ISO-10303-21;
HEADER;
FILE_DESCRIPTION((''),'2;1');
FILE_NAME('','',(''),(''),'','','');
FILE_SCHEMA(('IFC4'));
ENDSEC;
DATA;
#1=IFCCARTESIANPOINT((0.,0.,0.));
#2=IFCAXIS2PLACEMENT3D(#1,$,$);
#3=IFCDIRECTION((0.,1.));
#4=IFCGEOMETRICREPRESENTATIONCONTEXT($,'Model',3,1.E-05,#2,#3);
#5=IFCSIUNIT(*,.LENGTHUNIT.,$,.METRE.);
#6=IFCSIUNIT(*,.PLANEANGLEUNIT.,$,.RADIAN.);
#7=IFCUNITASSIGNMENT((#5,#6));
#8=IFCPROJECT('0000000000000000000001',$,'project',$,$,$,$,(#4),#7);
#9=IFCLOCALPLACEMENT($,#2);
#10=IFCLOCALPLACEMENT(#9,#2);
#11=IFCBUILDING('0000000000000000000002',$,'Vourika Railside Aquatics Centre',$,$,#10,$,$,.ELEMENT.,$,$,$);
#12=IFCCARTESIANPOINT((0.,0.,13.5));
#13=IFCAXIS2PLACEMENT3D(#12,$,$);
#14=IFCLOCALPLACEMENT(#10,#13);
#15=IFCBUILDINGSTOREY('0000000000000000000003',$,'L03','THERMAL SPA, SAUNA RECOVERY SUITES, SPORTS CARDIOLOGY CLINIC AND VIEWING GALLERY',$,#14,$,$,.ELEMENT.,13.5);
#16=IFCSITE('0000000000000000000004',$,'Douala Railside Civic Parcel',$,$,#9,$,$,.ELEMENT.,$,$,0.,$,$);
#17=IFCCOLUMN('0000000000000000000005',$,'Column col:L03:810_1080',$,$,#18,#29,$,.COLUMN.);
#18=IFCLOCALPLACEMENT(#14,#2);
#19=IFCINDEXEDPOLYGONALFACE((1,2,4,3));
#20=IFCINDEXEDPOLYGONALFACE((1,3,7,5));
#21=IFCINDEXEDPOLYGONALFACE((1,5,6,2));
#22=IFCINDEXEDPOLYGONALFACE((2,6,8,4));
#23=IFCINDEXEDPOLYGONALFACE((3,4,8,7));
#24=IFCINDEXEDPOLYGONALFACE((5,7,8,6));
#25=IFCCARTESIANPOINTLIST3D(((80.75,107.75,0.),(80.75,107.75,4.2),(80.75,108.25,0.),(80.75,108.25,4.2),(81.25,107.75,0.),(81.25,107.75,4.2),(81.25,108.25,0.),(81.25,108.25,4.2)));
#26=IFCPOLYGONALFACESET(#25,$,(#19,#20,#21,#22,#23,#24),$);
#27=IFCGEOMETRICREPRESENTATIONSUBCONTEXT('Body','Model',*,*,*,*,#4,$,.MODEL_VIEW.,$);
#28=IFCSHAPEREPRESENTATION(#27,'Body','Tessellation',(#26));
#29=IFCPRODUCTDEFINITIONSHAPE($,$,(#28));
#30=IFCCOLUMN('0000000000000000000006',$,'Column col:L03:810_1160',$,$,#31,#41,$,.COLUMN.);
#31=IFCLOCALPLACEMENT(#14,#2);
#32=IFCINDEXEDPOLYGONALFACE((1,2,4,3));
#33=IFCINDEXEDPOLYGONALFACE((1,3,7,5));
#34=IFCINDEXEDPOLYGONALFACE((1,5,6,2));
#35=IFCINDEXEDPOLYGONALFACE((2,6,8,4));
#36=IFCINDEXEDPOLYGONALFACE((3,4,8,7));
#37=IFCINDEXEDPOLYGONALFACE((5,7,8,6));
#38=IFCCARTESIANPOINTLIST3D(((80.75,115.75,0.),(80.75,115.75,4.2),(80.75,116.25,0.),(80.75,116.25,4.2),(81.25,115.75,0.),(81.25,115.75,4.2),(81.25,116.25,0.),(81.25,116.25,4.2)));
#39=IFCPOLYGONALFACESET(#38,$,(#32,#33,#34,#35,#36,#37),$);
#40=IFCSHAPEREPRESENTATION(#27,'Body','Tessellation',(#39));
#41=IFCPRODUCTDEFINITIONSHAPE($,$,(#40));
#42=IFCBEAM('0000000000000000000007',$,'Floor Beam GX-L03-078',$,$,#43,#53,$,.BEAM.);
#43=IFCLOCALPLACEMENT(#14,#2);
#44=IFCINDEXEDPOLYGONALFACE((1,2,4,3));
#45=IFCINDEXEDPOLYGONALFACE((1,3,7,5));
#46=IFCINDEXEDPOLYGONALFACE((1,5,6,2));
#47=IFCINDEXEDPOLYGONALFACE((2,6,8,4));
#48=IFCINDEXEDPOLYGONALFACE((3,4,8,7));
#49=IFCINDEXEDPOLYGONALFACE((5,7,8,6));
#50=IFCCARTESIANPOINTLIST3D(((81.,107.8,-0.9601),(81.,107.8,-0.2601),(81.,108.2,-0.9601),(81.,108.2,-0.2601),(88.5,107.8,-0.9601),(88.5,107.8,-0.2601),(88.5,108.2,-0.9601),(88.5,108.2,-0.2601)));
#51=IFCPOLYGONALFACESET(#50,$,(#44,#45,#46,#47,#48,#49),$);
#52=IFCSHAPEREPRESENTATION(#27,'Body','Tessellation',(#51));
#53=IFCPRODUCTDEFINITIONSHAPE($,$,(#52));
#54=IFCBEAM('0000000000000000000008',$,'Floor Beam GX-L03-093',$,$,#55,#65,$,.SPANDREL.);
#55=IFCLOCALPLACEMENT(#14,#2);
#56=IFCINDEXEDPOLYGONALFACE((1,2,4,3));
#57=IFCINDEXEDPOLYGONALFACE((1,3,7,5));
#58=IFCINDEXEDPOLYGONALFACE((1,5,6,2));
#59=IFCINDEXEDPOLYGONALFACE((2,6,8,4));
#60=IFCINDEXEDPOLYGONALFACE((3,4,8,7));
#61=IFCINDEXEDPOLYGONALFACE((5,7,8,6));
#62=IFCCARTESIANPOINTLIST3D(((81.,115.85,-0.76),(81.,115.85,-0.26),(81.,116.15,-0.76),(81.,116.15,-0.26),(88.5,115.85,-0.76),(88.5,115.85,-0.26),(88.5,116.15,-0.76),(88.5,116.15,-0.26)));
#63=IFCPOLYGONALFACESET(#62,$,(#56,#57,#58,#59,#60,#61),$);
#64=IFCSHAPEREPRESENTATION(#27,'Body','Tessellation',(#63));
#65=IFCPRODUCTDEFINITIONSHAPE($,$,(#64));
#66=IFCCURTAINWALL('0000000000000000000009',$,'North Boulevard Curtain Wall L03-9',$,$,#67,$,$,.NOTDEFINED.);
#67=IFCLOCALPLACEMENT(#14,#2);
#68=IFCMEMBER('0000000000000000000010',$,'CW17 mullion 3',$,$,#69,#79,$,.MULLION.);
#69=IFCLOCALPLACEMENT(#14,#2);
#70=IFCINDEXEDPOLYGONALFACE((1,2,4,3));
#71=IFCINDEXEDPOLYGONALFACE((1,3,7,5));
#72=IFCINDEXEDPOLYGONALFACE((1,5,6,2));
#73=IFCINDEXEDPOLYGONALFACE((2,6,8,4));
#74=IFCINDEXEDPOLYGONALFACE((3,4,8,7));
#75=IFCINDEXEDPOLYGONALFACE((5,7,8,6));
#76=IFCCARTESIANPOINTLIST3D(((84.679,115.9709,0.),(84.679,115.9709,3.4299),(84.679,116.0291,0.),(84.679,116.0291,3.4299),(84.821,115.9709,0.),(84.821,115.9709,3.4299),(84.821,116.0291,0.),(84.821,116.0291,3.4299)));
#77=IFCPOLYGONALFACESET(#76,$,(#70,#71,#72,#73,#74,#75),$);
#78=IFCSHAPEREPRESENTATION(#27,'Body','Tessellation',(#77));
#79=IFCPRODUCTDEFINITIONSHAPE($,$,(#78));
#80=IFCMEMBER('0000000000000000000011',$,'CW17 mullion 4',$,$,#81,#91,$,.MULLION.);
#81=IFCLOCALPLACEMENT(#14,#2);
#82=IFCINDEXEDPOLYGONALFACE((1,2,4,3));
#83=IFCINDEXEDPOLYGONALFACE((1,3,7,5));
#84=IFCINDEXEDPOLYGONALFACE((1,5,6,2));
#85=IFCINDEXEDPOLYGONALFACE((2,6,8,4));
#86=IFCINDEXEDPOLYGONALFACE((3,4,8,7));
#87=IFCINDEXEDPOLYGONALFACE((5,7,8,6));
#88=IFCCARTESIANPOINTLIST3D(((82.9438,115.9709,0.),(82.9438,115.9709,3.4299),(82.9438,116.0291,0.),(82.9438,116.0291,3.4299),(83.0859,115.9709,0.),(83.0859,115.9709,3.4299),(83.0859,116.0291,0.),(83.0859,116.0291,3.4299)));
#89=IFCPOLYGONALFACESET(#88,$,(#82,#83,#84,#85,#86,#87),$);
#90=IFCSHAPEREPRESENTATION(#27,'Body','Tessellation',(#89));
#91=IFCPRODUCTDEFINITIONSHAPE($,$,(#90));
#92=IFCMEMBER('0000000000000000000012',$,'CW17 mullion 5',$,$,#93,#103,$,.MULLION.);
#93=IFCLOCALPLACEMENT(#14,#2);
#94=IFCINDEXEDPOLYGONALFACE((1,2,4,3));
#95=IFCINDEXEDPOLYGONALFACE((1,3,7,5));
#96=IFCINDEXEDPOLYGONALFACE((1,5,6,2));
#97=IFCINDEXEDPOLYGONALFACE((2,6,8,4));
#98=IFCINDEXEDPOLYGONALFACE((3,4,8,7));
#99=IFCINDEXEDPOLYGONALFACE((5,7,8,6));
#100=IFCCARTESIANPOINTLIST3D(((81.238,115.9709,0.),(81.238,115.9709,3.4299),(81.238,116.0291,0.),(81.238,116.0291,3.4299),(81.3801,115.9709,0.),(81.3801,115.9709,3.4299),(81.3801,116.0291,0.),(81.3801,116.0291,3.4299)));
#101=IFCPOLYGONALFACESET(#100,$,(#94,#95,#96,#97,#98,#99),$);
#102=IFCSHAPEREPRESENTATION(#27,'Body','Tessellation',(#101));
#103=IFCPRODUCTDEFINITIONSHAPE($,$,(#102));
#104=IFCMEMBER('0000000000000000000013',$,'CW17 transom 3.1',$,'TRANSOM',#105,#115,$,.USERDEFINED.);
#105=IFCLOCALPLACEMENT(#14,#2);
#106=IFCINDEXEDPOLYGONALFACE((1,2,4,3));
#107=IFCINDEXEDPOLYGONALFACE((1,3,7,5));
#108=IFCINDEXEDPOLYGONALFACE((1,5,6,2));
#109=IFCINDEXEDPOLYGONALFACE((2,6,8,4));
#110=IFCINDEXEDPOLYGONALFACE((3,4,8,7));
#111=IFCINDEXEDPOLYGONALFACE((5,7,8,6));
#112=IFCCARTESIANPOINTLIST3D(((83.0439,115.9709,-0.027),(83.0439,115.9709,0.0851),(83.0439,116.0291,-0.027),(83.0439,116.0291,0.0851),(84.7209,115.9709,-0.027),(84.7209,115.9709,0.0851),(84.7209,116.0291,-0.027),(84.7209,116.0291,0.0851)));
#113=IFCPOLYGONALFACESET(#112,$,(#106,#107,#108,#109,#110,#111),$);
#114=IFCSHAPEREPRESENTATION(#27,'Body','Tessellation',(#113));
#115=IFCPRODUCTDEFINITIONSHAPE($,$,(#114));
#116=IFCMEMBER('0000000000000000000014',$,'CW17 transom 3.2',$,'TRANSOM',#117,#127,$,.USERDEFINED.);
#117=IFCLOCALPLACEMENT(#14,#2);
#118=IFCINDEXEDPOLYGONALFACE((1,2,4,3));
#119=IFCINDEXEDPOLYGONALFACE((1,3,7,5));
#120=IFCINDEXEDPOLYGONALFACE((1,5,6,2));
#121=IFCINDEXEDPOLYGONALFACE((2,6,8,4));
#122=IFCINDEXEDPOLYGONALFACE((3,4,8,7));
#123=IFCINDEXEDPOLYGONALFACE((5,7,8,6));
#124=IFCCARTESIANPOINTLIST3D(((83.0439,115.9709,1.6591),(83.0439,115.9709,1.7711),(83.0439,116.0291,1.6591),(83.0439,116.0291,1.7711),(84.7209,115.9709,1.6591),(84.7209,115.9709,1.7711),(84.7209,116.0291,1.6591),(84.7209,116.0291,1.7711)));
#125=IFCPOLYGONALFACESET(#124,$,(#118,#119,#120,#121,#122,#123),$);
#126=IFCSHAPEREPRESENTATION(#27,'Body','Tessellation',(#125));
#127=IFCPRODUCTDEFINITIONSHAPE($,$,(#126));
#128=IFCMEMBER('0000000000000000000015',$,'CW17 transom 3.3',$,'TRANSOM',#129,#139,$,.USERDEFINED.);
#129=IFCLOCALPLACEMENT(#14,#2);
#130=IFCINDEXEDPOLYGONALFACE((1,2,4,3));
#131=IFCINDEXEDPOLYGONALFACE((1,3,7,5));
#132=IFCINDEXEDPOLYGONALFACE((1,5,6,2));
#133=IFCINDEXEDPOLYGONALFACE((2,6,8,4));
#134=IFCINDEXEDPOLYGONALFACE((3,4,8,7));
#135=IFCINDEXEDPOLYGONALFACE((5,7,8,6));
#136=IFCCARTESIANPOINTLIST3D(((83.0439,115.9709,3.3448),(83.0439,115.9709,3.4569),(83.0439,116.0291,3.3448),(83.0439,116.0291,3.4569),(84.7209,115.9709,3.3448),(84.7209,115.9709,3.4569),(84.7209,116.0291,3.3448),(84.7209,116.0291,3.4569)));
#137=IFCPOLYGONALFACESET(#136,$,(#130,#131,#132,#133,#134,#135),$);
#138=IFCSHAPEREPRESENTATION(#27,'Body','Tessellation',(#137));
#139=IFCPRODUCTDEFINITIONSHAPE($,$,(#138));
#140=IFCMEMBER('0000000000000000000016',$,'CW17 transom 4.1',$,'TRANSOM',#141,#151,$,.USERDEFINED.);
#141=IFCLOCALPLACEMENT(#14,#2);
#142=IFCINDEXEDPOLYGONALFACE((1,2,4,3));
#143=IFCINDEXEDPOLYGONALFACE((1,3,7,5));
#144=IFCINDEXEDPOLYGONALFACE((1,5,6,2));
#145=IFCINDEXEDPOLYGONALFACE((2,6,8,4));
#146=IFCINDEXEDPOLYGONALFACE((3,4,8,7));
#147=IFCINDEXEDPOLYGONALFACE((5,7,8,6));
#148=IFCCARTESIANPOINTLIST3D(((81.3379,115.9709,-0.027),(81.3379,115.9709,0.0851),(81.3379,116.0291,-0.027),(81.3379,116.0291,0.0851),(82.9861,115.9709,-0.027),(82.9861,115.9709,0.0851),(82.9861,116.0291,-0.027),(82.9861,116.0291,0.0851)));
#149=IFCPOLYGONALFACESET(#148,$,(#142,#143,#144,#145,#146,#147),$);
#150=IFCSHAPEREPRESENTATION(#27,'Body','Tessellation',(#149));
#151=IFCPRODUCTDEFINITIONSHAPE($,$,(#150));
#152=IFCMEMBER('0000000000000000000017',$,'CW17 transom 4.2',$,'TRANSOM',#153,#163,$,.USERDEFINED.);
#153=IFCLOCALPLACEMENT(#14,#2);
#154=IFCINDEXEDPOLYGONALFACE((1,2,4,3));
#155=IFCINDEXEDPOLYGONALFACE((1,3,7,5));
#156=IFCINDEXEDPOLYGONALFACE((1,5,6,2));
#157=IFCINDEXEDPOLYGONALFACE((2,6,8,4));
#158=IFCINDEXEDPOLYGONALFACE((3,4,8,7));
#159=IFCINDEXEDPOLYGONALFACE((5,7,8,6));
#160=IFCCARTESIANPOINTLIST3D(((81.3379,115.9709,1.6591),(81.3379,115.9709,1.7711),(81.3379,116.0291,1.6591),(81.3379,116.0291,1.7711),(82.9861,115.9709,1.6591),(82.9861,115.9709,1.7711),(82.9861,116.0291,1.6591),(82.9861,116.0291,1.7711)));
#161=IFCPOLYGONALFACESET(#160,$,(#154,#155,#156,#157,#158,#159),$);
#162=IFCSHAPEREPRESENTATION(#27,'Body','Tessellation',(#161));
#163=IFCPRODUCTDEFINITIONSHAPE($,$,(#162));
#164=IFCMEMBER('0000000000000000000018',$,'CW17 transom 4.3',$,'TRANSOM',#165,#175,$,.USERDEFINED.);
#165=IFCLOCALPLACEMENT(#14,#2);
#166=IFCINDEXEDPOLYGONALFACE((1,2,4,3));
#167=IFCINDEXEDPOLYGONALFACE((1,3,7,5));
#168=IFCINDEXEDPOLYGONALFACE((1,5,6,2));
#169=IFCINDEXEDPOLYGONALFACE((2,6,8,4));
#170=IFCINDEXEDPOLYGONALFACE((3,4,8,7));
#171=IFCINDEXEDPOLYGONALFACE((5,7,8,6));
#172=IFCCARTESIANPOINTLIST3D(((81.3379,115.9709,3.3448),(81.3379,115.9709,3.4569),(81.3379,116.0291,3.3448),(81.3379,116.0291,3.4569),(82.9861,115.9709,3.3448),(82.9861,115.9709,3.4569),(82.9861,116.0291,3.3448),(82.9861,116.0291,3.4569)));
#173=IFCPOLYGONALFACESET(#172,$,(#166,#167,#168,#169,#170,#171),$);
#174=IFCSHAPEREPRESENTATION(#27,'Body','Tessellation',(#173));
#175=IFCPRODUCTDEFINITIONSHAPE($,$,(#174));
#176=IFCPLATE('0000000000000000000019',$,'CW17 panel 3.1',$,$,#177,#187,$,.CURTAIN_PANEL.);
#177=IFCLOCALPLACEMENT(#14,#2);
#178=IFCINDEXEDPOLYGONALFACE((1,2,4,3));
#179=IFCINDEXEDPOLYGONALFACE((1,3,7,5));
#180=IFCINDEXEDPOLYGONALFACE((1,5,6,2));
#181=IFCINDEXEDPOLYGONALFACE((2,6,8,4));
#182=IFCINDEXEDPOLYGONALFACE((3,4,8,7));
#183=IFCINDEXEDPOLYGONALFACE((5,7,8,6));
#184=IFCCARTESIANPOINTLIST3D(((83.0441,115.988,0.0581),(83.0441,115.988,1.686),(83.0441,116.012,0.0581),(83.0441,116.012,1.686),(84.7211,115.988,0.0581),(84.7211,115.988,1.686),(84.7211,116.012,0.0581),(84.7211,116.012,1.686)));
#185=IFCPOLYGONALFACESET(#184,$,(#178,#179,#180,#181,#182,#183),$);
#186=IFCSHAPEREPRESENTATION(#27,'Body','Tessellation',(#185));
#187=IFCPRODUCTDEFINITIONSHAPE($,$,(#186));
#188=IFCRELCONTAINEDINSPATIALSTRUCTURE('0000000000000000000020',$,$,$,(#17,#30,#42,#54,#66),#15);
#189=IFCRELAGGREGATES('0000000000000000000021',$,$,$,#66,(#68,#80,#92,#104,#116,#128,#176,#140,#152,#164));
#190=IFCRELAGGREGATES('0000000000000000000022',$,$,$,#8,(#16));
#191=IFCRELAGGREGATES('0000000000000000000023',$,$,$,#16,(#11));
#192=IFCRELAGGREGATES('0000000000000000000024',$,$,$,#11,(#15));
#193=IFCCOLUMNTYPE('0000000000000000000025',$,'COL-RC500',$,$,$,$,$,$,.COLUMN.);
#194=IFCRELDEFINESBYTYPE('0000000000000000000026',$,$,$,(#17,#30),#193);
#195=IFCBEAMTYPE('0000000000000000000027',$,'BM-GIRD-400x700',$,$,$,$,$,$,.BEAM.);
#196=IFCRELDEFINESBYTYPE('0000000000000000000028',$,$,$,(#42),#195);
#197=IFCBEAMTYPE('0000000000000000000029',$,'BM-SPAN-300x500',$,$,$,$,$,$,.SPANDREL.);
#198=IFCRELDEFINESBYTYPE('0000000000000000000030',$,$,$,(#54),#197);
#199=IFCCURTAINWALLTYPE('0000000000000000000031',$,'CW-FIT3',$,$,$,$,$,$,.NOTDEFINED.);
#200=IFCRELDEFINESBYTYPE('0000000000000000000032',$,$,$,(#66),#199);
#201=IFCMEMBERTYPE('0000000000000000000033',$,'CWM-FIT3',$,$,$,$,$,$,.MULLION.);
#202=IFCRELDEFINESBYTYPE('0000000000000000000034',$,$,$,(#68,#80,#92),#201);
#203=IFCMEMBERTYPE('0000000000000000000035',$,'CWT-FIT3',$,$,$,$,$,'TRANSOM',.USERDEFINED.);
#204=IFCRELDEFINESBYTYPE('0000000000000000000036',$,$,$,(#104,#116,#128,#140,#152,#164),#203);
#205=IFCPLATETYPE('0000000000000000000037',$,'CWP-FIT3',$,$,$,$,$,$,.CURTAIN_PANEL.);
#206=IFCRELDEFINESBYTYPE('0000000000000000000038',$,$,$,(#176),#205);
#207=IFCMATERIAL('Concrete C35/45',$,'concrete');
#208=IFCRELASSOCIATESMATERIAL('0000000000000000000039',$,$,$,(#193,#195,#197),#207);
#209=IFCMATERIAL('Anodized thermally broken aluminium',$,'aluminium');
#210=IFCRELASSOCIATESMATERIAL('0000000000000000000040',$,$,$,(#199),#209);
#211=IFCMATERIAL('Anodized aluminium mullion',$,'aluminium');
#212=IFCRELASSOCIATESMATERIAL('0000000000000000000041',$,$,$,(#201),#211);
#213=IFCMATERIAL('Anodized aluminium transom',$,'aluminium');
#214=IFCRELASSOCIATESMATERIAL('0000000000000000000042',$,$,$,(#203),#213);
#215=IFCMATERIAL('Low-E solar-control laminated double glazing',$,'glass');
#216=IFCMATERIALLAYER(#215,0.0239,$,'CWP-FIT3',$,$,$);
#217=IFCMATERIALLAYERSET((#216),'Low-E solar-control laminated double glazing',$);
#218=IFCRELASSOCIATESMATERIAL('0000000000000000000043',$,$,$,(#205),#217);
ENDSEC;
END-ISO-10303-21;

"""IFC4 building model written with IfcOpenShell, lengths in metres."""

from ifc_helpers import new_model, si_unit, direction, frame, origin, origin_2d, place, context, subcontext, project, spatial, rectangle, extrude, material, layer, layer_set, material_profile, profile_set, type_object, element, aggregate, save


model = new_model("IFC4")

# Units and contexts
model_context = context("Model", 3, precision=1e-05, world=origin(), true_north=direction((0.0, 1.0)))
body_context = subcontext(model_context, "Body", "Model", "MODEL_VIEW")
ifc_project = project(units=[si_unit("LENGTHUNIT", "METRE"), si_unit("PLANEANGLEUNIT", "RADIAN")], contexts=[model_context])

# Site, building, storey
site_placement = place(None, origin())
site = spatial("IfcSite", under=ifc_project, at=site_placement, Name="Douala Railside Civic Parcel", CompositionType="ELEMENT", RefElevation=0.0)
building_placement = place(site_placement, origin())
building = spatial("IfcBuilding", under=site, at=building_placement, Name="Vourika Railside Aquatics Centre", CompositionType="ELEMENT")
storey_placement = place(building_placement, frame((0.0, 0.0, 13.5)))
storey = spatial("IfcBuildingStorey", under=building, at=storey_placement, Name="L03", Description="THERMAL SPA, SAUNA RECOVERY SUITES, SPORTS CARDIOLOGY CLINIC AND VIEWING GALLERY", CompositionType="ELEMENT", Elevation=13.5)

# Columns
ifc_material_1 = material(Name="Concrete C35/45", Category="concrete")
ifc_material_profile_1 = material_profile(ifc_material_1, rectangle(XDim=0.5, YDim=0.5, at=origin_2d()), Name="RC 500x500")
ifc_profile_set_1 = profile_set([ifc_material_profile_1], Name="Concrete C35/45")
column_type = type_object("IfcColumnType", Name="COL-RC500", PredefinedType="COLUMN", material=ifc_profile_set_1)
for number, where, z_axis, x_axis, name in (
    (1, (81.0, 108.0, 0.0), (0.0, 0.0, 1.0), (1.0, 0.0, 0.0), "Column col:L03:810_1080"),
    (2, (81.0, 116.0, 0.0), (0.0, 0.0, 1.0), (1.0, 0.0, 0.0), "Column col:L03:810_1160"),
):
    element("IfcColumn", number, at=place(storey_placement, frame(where, z_axis=z_axis, x_axis=x_axis)), inside=storey, type_object=column_type, Name=name, PredefinedType="COLUMN", context=body_context, shape_type="SweptSolid", body=[
        extrude(rectangle(XDim=0.5, YDim=0.5, at=origin_2d()), origin(), (0.0, 0.0, 1.0), 4.2),
    ])

# Beams
ifc_material_profile_2 = material_profile(ifc_material_1, rectangle(XDim=0.3999, YDim=0.7, at=origin_2d()), Name="RC 400x700")
ifc_profile_set_2 = profile_set([ifc_material_profile_2], Name="Concrete C35/45")
beam_type_1 = type_object("IfcBeamType", Name="BM-GIRD-400x700", PredefinedType="BEAM", material=ifc_profile_set_2)
beam_1_placement = place(storey_placement, frame((81.0, 108.0, -0.6101), z_axis=(1.0, 0.0, 0.0), x_axis=(0.0, 1.0, 0.0)))
element("IfcBeam", 3, at=beam_1_placement, inside=storey, type_object=beam_type_1, Name="Floor Beam GX-L03-078", PredefinedType="BEAM", context=body_context, shape_type="SweptSolid", body=[
    extrude(rectangle(XDim=0.3999, YDim=0.7, at=origin_2d()), origin(), (0.0, 0.0, 1.0), 7.5),
])
ifc_material_profile_3 = material_profile(ifc_material_1, rectangle(XDim=0.3, YDim=0.5, at=origin_2d()), Name="RC 300x500")
ifc_profile_set_3 = profile_set([ifc_material_profile_3], Name="Concrete C35/45")
beam_type_2 = type_object("IfcBeamType", Name="BM-SPAN-300x500", PredefinedType="SPANDREL", material=ifc_profile_set_3)
beam_2_placement = place(storey_placement, frame((81.0, 116.0, -0.51), z_axis=(1.0, 0.0, 0.0), x_axis=(0.0, 1.0, 0.0)))
element("IfcBeam", 4, at=beam_2_placement, inside=storey, type_object=beam_type_2, Name="Floor Beam GX-L03-093", PredefinedType="SPANDREL", context=body_context, shape_type="SweptSolid", body=[
    extrude(rectangle(XDim=0.3, YDim=0.5, at=origin_2d()), origin(), (0.0, 0.0, 1.0), 7.5),
])

# Curtain wall, members, plate
ifc_material_2 = material(Name="Anodized thermally broken aluminium", Category="aluminium")
curtain_wall_type = type_object("IfcCurtainWallType", Name="CW-FIT3", PredefinedType="NOTDEFINED", material=ifc_material_2)
curtain_wall_placement = place(storey_placement, origin())
curtain_wall = element("IfcCurtainWall", 5, at=curtain_wall_placement, inside=storey, type_object=curtain_wall_type, Name="North Boulevard Curtain Wall L03-9", PredefinedType="NOTDEFINED")
ifc_material_3 = material(Name="Anodized aluminium mullion", Category="aluminium")
ifc_material_profile_4 = material_profile(ifc_material_3, rectangle(XDim=0.0581, YDim=0.1421, at=origin_2d()), Name="ALU-M 58x142")
ifc_profile_set_4 = profile_set([ifc_material_profile_4], Name="Anodized aluminium mullion")
member_type_1 = type_object("IfcMemberType", Name="CWM-FIT3", PredefinedType="MULLION", material=ifc_profile_set_4)
member_1_placement = place(storey_placement, frame((84.75, 116.0, 0.0), z_axis=(0.0, 0.0, 1.0), x_axis=(0.0, -1.0, 0.0)))
member_1 = element("IfcMember", 6, at=member_1_placement, type_object=member_type_1, Name="CW17 mullion 3", PredefinedType="MULLION", context=body_context, shape_type="SweptSolid", body=[
    extrude(rectangle(XDim=0.0581, YDim=0.1421, at=origin_2d()), origin(), (0.0, 0.0, 1.0), 3.4299),
])
member_2_placement = place(storey_placement, frame((83.0149, 116.0, 0.0), z_axis=(0.0, 0.0, 1.0), x_axis=(0.0, -1.0, 0.0)))
member_2 = element("IfcMember", 7, at=member_2_placement, type_object=member_type_1, Name="CW17 mullion 4", PredefinedType="MULLION", context=body_context, shape_type="SweptSolid", body=[
    extrude(rectangle(XDim=0.0581, YDim=0.1421, at=origin_2d()), origin(), (0.0, 0.0, 1.0), 3.4299),
])
member_3_placement = place(storey_placement, frame((81.3091, 116.0, 0.0), z_axis=(0.0, 0.0, 1.0), x_axis=(0.0, -1.0, 0.0)))
member_3 = element("IfcMember", 8, at=member_3_placement, type_object=member_type_1, Name="CW17 mullion 5", PredefinedType="MULLION", context=body_context, shape_type="SweptSolid", body=[
    extrude(rectangle(XDim=0.0581, YDim=0.1421, at=origin_2d()), origin(), (0.0, 0.0, 1.0), 3.4299),
])
ifc_material_4 = material(Name="Anodized aluminium transom", Category="aluminium")
ifc_material_profile_5 = material_profile(ifc_material_4, rectangle(XDim=0.0581, YDim=0.1121, at=origin_2d()), Name="ALU-T 58x112")
ifc_profile_set_5 = profile_set([ifc_material_profile_5], Name="Anodized aluminium transom")
member_type_2 = type_object("IfcMemberType", Name="CWT-FIT3", ElementType="TRANSOM", PredefinedType="USERDEFINED", material=ifc_profile_set_5)
member_4_placement = place(storey_placement, frame((84.7209, 116.0, 0.0291), z_axis=(-1.0, 0.0, 0.0), x_axis=(0.0, -1.0, 0.0)))
member_4 = element("IfcMember", 9, at=member_4_placement, type_object=member_type_2, Name="CW17 transom 3.1", ObjectType="TRANSOM", PredefinedType="USERDEFINED", context=body_context, shape_type="SweptSolid", body=[
    extrude(rectangle(XDim=0.0581, YDim=0.1121, at=origin_2d()), origin(), (0.0, 0.0, 1.0), 1.677),
])
member_5_placement = place(storey_placement, frame((84.7209, 116.0, 1.7151), z_axis=(-1.0, 0.0, 0.0), x_axis=(0.0, -1.0, 0.0)))
member_5 = element("IfcMember", 10, at=member_5_placement, type_object=member_type_2, Name="CW17 transom 3.2", ObjectType="TRANSOM", PredefinedType="USERDEFINED", context=body_context, shape_type="SweptSolid", body=[
    extrude(rectangle(XDim=0.0581, YDim=0.1121, at=origin_2d()), origin(), (0.0, 0.0, 1.0), 1.677),
])
member_6_placement = place(storey_placement, frame((84.7209, 116.0, 3.4009), z_axis=(-1.0, 0.0, 0.0), x_axis=(0.0, -1.0, 0.0)))
member_6 = element("IfcMember", 11, at=member_6_placement, type_object=member_type_2, Name="CW17 transom 3.3", ObjectType="TRANSOM", PredefinedType="USERDEFINED", context=body_context, shape_type="SweptSolid", body=[
    extrude(rectangle(XDim=0.0581, YDim=0.1121, at=origin_2d()), origin(), (0.0, 0.0, 1.0), 1.677),
])
member_7_placement = place(storey_placement, frame((82.9861, 116.0, 0.0291), z_axis=(-1.0, 0.0, 0.0), x_axis=(0.0, -1.0, 0.0)))
member_7 = element("IfcMember", 12, at=member_7_placement, type_object=member_type_2, Name="CW17 transom 4.1", ObjectType="TRANSOM", PredefinedType="USERDEFINED", context=body_context, shape_type="SweptSolid", body=[
    extrude(rectangle(XDim=0.0581, YDim=0.1121, at=origin_2d()), origin(), (0.0, 0.0, 1.0), 1.6482),
])
member_8_placement = place(storey_placement, frame((82.9861, 116.0, 1.7151), z_axis=(-1.0, 0.0, 0.0), x_axis=(0.0, -1.0, 0.0)))
member_8 = element("IfcMember", 13, at=member_8_placement, type_object=member_type_2, Name="CW17 transom 4.2", ObjectType="TRANSOM", PredefinedType="USERDEFINED", context=body_context, shape_type="SweptSolid", body=[
    extrude(rectangle(XDim=0.0581, YDim=0.1121, at=origin_2d()), origin(), (0.0, 0.0, 1.0), 1.6482),
])
member_9_placement = place(storey_placement, frame((82.9861, 116.0, 3.4009), z_axis=(-1.0, 0.0, 0.0), x_axis=(0.0, -1.0, 0.0)))
member_9 = element("IfcMember", 14, at=member_9_placement, type_object=member_type_2, Name="CW17 transom 4.3", ObjectType="TRANSOM", PredefinedType="USERDEFINED", context=body_context, shape_type="SweptSolid", body=[
    extrude(rectangle(XDim=0.0581, YDim=0.1121, at=origin_2d()), origin(), (0.0, 0.0, 1.0), 1.6482),
])
ifc_material_5 = material(Name="Low-E solar-control laminated double glazing", Category="glass")
ifc_layer_1 = layer(ifc_material_5, 0.0239, Name="CWP-FIT3")
ifc_layer_set_1 = layer_set([ifc_layer_1], Name="Low-E solar-control laminated double glazing")
plate_type = type_object("IfcPlateType", Name="CWP-FIT3", PredefinedType="CURTAIN_PANEL", material=ifc_layer_set_1)
plate_1_placement = place(storey_placement, frame((83.8826, 116.0, 0.0581), z_axis=(0.0, 0.0, 1.0), x_axis=(-1.0, 0.0, 0.0)))
plate_1 = element("IfcPlate", 15, at=plate_1_placement, type_object=plate_type, Name="CW17 panel 3.1", PredefinedType="CURTAIN_PANEL", context=body_context, shape_type="SweptSolid", body=[
    extrude(rectangle(XDim=1.677, YDim=0.0239, at=origin_2d()), origin(), (0.0, 0.0, 1.0), 1.6279),
])
aggregate(curtain_wall, [member_1, member_2, member_3, member_4, member_5, member_6, plate_1, member_7, member_8, member_9])

save(model, "model.ifc")
